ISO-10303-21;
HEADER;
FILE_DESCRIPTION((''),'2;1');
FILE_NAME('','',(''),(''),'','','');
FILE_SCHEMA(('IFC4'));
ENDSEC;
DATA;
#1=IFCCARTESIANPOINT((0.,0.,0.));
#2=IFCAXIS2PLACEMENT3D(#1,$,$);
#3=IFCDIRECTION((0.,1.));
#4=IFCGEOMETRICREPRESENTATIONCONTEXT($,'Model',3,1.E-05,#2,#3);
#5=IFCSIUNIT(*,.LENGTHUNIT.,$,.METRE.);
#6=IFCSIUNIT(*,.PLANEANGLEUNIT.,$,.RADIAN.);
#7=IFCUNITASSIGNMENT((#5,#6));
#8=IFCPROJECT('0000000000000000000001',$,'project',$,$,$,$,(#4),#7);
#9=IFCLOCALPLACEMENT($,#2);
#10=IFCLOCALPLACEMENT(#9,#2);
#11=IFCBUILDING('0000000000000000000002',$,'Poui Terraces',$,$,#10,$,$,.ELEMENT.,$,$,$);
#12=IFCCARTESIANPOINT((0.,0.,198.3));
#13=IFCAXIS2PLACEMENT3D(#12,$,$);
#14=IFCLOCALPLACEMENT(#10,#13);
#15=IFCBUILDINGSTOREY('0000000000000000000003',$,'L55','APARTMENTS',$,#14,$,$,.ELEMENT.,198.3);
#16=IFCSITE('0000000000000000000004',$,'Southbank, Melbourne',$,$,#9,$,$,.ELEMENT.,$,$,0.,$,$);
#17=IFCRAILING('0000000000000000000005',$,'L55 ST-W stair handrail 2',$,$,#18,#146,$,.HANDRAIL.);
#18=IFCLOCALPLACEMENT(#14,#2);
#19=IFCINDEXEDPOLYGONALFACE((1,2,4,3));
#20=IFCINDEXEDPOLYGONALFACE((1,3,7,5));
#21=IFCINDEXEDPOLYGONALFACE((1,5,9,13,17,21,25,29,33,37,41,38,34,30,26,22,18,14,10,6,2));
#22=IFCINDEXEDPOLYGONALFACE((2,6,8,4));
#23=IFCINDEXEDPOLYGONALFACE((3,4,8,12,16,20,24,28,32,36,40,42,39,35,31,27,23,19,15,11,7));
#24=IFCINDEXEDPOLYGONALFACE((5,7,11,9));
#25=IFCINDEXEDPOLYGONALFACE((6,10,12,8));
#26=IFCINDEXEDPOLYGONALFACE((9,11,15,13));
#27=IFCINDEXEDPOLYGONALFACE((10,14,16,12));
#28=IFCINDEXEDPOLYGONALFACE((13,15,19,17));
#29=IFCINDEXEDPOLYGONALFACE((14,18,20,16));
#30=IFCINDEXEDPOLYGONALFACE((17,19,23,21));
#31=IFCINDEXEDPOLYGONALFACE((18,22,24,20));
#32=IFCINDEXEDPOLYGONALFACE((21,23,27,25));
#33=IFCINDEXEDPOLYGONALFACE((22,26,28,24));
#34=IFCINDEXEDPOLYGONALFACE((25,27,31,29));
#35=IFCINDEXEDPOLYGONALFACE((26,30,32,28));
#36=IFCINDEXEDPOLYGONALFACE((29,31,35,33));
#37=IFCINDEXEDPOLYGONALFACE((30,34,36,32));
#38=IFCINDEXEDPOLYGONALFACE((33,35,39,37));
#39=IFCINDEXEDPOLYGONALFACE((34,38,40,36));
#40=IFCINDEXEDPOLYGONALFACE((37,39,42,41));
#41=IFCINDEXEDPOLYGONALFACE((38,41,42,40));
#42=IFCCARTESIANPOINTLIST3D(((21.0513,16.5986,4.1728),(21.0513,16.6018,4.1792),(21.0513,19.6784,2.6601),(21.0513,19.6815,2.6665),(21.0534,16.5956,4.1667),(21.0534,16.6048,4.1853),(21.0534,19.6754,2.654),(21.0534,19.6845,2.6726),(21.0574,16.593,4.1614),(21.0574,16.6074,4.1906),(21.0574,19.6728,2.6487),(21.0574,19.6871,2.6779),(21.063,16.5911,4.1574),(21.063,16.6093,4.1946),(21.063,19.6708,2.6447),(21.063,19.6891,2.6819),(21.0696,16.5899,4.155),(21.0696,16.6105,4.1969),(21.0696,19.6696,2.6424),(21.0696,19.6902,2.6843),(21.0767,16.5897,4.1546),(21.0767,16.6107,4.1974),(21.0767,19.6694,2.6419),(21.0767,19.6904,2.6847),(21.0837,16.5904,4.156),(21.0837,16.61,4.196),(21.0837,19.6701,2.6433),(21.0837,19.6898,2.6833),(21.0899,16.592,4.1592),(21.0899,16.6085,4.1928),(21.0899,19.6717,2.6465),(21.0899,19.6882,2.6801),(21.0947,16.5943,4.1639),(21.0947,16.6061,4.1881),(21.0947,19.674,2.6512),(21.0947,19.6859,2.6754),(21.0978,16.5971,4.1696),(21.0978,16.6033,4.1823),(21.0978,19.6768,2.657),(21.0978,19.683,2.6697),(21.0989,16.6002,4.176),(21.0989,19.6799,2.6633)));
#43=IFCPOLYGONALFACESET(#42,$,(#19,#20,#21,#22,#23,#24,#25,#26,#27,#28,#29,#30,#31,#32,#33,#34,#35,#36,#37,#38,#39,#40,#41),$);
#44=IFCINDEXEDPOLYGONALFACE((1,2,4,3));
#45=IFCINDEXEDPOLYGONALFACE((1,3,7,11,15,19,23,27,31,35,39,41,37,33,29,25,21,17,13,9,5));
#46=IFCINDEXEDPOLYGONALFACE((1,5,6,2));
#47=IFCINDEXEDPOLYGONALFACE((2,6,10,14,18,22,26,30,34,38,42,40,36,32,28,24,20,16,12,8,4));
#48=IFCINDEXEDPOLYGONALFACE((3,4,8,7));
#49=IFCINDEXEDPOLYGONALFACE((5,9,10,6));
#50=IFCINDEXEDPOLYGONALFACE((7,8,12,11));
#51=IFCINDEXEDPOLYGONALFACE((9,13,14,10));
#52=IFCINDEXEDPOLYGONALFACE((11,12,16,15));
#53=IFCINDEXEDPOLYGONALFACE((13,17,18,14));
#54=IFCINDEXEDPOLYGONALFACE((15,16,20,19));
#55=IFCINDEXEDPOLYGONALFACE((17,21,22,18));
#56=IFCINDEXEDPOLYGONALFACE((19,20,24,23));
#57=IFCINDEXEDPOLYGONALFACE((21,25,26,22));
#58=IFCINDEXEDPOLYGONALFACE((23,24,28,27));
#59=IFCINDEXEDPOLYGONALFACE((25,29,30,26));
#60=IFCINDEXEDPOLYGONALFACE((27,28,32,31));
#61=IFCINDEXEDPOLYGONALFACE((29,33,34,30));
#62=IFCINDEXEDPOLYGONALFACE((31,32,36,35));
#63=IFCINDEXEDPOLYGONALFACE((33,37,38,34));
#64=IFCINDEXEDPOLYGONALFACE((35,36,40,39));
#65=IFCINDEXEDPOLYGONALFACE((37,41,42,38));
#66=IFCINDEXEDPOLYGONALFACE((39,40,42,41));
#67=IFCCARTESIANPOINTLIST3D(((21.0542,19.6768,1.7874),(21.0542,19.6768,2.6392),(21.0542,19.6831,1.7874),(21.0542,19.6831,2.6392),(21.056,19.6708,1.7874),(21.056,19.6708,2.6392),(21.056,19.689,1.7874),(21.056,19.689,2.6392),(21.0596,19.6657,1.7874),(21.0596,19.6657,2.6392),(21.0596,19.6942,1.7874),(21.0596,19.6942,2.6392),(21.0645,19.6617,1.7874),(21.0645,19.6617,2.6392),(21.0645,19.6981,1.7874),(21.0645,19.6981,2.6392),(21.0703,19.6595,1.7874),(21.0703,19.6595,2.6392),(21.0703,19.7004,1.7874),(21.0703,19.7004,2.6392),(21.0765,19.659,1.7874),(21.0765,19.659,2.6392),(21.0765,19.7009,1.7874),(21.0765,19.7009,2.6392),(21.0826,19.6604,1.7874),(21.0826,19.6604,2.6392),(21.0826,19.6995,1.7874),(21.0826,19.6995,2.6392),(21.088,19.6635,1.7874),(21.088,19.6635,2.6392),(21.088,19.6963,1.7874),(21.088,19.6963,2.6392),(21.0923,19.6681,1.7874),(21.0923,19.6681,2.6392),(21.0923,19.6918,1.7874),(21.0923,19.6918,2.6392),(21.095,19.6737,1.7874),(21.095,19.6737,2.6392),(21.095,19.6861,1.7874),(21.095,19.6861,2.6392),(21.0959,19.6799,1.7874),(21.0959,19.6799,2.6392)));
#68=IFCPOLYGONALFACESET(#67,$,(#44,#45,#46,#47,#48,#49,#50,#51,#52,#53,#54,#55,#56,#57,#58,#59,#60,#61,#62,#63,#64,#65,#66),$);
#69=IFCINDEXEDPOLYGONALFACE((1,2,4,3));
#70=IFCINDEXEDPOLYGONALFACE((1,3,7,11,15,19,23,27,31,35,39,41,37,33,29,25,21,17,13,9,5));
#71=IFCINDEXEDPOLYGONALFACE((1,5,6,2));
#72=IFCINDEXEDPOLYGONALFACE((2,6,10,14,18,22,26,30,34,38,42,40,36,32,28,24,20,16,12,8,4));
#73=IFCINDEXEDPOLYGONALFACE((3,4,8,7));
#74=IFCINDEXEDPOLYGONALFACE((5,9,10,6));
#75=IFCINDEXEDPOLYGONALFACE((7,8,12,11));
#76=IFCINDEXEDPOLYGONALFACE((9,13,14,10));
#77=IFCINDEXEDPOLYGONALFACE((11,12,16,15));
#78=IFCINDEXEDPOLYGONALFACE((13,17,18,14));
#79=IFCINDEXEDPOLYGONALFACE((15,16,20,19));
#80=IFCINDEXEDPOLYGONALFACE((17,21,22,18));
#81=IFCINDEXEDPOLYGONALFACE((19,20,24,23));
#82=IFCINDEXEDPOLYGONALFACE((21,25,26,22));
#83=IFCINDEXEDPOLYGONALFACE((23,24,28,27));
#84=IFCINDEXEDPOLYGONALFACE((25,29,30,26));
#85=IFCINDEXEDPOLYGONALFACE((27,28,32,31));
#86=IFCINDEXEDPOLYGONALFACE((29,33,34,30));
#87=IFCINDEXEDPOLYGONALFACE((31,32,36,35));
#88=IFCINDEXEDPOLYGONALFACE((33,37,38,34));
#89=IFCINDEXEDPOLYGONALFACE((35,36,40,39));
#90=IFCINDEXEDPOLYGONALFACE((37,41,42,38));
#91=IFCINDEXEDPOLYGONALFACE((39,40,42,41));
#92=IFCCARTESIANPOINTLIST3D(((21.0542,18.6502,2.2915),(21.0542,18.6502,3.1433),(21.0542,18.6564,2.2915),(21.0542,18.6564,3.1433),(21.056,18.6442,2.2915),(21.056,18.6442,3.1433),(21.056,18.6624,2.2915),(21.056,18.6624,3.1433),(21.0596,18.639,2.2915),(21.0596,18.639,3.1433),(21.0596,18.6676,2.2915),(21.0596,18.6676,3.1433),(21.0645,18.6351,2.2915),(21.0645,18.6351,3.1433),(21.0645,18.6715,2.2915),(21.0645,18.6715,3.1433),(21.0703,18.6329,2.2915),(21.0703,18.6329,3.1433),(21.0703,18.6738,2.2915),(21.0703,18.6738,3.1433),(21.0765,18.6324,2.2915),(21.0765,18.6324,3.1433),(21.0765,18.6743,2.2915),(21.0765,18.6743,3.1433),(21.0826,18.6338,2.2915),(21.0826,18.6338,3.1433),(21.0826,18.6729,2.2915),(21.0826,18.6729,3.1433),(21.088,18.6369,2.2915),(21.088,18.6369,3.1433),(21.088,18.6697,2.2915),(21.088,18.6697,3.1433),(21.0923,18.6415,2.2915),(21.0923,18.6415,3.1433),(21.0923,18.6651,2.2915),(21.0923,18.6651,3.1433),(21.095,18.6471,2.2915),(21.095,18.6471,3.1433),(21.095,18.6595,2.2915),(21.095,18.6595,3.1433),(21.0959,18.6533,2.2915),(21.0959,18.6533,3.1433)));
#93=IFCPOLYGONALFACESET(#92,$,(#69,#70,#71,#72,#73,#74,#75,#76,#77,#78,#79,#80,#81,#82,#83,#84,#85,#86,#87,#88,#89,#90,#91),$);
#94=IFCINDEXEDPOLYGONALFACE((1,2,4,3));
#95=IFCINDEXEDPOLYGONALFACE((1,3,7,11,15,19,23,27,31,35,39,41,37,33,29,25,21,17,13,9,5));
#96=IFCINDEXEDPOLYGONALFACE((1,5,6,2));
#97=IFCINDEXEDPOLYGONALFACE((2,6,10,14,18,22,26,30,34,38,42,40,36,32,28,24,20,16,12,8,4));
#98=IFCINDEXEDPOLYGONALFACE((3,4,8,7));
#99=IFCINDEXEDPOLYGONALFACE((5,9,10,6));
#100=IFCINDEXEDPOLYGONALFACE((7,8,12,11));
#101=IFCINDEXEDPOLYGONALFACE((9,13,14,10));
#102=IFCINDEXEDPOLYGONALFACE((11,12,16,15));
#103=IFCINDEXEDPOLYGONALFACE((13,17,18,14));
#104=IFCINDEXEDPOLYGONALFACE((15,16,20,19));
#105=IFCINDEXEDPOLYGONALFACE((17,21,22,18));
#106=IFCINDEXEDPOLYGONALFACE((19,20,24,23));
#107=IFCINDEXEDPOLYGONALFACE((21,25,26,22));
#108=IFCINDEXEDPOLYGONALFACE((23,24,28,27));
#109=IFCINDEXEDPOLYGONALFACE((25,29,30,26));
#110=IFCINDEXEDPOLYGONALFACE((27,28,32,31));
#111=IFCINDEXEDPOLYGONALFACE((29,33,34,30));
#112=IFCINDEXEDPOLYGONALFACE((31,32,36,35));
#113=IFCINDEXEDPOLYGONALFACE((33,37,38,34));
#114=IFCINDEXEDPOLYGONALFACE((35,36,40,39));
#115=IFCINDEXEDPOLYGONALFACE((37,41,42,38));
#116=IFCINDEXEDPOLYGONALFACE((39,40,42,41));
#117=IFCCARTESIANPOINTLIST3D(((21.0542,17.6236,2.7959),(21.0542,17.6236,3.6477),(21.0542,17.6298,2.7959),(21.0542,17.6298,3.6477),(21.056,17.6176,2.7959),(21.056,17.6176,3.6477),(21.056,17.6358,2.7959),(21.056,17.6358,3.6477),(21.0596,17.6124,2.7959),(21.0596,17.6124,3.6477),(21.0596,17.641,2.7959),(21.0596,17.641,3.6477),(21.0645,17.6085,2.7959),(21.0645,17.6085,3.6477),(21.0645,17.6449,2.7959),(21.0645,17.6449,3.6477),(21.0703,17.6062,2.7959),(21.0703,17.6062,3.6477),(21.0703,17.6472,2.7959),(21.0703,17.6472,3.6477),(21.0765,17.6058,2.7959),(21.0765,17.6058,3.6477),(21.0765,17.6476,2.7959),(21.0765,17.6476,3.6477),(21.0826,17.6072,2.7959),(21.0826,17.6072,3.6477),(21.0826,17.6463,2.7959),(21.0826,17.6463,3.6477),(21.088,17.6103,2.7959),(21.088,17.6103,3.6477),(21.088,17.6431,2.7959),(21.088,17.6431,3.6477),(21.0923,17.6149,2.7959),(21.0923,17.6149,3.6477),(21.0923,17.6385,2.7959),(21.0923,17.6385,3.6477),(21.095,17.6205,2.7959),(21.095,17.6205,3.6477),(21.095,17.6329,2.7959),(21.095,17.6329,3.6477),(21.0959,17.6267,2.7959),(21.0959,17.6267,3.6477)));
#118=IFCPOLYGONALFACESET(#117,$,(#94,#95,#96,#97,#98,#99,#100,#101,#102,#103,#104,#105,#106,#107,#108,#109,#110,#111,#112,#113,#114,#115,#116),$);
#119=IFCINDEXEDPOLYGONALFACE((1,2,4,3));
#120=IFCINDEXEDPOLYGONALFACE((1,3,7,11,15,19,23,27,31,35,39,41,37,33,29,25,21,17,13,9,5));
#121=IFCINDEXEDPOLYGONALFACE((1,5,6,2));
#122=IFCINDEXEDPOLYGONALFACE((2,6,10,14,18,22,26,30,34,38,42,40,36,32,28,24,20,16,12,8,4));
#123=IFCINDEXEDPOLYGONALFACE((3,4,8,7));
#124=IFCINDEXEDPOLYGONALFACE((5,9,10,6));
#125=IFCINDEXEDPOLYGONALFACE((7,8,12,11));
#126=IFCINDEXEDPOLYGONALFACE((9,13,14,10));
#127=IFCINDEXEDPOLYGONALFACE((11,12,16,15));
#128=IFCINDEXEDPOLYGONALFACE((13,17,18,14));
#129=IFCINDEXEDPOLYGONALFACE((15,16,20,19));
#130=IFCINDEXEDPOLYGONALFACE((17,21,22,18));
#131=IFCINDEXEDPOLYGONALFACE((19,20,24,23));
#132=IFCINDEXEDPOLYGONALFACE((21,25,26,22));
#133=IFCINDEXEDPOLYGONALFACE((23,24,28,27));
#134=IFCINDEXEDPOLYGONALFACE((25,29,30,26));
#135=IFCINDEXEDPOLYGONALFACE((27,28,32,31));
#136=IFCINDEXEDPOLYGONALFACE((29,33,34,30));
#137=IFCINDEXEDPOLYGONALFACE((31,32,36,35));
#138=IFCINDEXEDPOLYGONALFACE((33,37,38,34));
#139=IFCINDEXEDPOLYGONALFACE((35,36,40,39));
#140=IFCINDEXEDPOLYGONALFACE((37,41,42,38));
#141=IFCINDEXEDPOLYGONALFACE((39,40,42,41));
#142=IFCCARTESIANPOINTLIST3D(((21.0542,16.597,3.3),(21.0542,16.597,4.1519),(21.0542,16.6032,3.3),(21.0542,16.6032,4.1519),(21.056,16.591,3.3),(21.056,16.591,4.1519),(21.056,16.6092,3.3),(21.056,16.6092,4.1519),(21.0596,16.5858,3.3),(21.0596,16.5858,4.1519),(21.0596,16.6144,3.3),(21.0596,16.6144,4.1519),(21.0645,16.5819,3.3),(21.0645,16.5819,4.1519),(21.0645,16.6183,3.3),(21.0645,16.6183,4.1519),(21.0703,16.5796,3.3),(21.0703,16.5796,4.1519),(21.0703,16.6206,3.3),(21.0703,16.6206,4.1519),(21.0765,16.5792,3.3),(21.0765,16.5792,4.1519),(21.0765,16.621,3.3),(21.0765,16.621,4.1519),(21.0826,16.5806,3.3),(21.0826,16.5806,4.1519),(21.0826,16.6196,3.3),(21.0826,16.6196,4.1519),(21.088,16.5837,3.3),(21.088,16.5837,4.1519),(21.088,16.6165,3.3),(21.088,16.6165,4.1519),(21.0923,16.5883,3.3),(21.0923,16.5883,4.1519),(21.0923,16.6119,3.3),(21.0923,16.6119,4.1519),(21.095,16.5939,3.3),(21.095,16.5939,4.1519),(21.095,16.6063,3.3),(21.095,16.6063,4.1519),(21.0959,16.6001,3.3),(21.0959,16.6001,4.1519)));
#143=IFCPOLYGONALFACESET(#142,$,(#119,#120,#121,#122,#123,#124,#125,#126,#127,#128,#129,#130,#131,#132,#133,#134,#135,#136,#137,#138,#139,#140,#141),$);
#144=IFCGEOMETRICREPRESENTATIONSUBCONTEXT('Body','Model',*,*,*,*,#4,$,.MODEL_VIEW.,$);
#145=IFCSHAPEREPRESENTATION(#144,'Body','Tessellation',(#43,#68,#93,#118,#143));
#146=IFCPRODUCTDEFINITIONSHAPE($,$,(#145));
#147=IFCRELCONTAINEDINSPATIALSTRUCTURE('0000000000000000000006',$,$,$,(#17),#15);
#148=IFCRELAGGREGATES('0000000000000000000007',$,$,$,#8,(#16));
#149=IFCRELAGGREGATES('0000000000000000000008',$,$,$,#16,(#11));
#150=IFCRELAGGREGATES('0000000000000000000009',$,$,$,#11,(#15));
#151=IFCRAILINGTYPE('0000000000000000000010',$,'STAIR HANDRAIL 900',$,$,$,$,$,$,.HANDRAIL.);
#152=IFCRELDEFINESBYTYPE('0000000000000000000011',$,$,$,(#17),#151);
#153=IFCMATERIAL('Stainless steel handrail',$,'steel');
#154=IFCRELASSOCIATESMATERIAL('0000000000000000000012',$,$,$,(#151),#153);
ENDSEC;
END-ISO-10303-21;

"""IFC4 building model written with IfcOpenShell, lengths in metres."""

from ifc_helpers import new_model, si_unit, direction, frame, origin, origin_2d, place, context, subcontext, project, spatial, circle, extrude, material, type_object, element, save


model = new_model("IFC4")

# Units and contexts
model_context = context("Model", 3, precision=1e-05, world=origin(), true_north=direction((0.0, 1.0)))
body_context = subcontext(model_context, "Body", "Model", "MODEL_VIEW")
ifc_project = project(units=[si_unit("LENGTHUNIT", "METRE"), si_unit("PLANEANGLEUNIT", "RADIAN")], contexts=[model_context])

# Site, building, storey
site_placement = place(None, origin())
site = spatial("IfcSite", under=ifc_project, at=site_placement, Name="Southbank, Melbourne", CompositionType="ELEMENT", RefElevation=0.0)
building_placement = place(site_placement, origin())
building = spatial("IfcBuilding", under=site, at=building_placement, Name="Poui Terraces", CompositionType="ELEMENT")
storey_placement = place(building_placement, frame((0.0, 0.0, 198.3)))
storey = spatial("IfcBuildingStorey", under=building, at=storey_placement, Name="L55", Description="APARTMENTS", CompositionType="ELEMENT", Elevation=198.3)

# Railing
ifc_material_1 = material(Name="Stainless steel handrail", Category="steel")
railing_type_1 = type_object("IfcRailingType", Name="STAIR HANDRAIL 900", PredefinedType="HANDRAIL", material=ifc_material_1)
railing_1_placement = place(storey_placement, frame((21.075, 19.6799, 1.7874)))
element("IfcRailing", 1, at=railing_1_placement, inside=storey, type_object=railing_type_1, Name="L55 ST-W stair handrail 2", PredefinedType="HANDRAIL", context=body_context, shape_type="SweptSolid", body=[
    extrude(circle(Radius=0.0239, at=origin_2d()), frame((0.0, 0.0, 0.876), z_axis=(0.0, -0.897578, 0.440856), x_axis=(1.0, 0.0, 0.0)), (0.0, 0.0, 1.0), 3.4312),
    extrude(circle(Radius=0.021, at=origin_2d()), origin(), (0.0, 0.0, 1.0), 0.8518),
    extrude(circle(Radius=0.021, at=origin_2d()), frame((0.0, -1.0266, 0.5042)), (0.0, 0.0, 1.0), 0.8518),
    extrude(circle(Radius=0.021, at=origin_2d()), frame((0.0, -2.0532, 1.0085)), (0.0, 0.0, 1.0), 0.8518),
    extrude(circle(Radius=0.021, at=origin_2d()), frame((0.0, -3.0798, 1.5127)), (0.0, 0.0, 1.0), 0.8518),
])

save(model, "model.ifc")
